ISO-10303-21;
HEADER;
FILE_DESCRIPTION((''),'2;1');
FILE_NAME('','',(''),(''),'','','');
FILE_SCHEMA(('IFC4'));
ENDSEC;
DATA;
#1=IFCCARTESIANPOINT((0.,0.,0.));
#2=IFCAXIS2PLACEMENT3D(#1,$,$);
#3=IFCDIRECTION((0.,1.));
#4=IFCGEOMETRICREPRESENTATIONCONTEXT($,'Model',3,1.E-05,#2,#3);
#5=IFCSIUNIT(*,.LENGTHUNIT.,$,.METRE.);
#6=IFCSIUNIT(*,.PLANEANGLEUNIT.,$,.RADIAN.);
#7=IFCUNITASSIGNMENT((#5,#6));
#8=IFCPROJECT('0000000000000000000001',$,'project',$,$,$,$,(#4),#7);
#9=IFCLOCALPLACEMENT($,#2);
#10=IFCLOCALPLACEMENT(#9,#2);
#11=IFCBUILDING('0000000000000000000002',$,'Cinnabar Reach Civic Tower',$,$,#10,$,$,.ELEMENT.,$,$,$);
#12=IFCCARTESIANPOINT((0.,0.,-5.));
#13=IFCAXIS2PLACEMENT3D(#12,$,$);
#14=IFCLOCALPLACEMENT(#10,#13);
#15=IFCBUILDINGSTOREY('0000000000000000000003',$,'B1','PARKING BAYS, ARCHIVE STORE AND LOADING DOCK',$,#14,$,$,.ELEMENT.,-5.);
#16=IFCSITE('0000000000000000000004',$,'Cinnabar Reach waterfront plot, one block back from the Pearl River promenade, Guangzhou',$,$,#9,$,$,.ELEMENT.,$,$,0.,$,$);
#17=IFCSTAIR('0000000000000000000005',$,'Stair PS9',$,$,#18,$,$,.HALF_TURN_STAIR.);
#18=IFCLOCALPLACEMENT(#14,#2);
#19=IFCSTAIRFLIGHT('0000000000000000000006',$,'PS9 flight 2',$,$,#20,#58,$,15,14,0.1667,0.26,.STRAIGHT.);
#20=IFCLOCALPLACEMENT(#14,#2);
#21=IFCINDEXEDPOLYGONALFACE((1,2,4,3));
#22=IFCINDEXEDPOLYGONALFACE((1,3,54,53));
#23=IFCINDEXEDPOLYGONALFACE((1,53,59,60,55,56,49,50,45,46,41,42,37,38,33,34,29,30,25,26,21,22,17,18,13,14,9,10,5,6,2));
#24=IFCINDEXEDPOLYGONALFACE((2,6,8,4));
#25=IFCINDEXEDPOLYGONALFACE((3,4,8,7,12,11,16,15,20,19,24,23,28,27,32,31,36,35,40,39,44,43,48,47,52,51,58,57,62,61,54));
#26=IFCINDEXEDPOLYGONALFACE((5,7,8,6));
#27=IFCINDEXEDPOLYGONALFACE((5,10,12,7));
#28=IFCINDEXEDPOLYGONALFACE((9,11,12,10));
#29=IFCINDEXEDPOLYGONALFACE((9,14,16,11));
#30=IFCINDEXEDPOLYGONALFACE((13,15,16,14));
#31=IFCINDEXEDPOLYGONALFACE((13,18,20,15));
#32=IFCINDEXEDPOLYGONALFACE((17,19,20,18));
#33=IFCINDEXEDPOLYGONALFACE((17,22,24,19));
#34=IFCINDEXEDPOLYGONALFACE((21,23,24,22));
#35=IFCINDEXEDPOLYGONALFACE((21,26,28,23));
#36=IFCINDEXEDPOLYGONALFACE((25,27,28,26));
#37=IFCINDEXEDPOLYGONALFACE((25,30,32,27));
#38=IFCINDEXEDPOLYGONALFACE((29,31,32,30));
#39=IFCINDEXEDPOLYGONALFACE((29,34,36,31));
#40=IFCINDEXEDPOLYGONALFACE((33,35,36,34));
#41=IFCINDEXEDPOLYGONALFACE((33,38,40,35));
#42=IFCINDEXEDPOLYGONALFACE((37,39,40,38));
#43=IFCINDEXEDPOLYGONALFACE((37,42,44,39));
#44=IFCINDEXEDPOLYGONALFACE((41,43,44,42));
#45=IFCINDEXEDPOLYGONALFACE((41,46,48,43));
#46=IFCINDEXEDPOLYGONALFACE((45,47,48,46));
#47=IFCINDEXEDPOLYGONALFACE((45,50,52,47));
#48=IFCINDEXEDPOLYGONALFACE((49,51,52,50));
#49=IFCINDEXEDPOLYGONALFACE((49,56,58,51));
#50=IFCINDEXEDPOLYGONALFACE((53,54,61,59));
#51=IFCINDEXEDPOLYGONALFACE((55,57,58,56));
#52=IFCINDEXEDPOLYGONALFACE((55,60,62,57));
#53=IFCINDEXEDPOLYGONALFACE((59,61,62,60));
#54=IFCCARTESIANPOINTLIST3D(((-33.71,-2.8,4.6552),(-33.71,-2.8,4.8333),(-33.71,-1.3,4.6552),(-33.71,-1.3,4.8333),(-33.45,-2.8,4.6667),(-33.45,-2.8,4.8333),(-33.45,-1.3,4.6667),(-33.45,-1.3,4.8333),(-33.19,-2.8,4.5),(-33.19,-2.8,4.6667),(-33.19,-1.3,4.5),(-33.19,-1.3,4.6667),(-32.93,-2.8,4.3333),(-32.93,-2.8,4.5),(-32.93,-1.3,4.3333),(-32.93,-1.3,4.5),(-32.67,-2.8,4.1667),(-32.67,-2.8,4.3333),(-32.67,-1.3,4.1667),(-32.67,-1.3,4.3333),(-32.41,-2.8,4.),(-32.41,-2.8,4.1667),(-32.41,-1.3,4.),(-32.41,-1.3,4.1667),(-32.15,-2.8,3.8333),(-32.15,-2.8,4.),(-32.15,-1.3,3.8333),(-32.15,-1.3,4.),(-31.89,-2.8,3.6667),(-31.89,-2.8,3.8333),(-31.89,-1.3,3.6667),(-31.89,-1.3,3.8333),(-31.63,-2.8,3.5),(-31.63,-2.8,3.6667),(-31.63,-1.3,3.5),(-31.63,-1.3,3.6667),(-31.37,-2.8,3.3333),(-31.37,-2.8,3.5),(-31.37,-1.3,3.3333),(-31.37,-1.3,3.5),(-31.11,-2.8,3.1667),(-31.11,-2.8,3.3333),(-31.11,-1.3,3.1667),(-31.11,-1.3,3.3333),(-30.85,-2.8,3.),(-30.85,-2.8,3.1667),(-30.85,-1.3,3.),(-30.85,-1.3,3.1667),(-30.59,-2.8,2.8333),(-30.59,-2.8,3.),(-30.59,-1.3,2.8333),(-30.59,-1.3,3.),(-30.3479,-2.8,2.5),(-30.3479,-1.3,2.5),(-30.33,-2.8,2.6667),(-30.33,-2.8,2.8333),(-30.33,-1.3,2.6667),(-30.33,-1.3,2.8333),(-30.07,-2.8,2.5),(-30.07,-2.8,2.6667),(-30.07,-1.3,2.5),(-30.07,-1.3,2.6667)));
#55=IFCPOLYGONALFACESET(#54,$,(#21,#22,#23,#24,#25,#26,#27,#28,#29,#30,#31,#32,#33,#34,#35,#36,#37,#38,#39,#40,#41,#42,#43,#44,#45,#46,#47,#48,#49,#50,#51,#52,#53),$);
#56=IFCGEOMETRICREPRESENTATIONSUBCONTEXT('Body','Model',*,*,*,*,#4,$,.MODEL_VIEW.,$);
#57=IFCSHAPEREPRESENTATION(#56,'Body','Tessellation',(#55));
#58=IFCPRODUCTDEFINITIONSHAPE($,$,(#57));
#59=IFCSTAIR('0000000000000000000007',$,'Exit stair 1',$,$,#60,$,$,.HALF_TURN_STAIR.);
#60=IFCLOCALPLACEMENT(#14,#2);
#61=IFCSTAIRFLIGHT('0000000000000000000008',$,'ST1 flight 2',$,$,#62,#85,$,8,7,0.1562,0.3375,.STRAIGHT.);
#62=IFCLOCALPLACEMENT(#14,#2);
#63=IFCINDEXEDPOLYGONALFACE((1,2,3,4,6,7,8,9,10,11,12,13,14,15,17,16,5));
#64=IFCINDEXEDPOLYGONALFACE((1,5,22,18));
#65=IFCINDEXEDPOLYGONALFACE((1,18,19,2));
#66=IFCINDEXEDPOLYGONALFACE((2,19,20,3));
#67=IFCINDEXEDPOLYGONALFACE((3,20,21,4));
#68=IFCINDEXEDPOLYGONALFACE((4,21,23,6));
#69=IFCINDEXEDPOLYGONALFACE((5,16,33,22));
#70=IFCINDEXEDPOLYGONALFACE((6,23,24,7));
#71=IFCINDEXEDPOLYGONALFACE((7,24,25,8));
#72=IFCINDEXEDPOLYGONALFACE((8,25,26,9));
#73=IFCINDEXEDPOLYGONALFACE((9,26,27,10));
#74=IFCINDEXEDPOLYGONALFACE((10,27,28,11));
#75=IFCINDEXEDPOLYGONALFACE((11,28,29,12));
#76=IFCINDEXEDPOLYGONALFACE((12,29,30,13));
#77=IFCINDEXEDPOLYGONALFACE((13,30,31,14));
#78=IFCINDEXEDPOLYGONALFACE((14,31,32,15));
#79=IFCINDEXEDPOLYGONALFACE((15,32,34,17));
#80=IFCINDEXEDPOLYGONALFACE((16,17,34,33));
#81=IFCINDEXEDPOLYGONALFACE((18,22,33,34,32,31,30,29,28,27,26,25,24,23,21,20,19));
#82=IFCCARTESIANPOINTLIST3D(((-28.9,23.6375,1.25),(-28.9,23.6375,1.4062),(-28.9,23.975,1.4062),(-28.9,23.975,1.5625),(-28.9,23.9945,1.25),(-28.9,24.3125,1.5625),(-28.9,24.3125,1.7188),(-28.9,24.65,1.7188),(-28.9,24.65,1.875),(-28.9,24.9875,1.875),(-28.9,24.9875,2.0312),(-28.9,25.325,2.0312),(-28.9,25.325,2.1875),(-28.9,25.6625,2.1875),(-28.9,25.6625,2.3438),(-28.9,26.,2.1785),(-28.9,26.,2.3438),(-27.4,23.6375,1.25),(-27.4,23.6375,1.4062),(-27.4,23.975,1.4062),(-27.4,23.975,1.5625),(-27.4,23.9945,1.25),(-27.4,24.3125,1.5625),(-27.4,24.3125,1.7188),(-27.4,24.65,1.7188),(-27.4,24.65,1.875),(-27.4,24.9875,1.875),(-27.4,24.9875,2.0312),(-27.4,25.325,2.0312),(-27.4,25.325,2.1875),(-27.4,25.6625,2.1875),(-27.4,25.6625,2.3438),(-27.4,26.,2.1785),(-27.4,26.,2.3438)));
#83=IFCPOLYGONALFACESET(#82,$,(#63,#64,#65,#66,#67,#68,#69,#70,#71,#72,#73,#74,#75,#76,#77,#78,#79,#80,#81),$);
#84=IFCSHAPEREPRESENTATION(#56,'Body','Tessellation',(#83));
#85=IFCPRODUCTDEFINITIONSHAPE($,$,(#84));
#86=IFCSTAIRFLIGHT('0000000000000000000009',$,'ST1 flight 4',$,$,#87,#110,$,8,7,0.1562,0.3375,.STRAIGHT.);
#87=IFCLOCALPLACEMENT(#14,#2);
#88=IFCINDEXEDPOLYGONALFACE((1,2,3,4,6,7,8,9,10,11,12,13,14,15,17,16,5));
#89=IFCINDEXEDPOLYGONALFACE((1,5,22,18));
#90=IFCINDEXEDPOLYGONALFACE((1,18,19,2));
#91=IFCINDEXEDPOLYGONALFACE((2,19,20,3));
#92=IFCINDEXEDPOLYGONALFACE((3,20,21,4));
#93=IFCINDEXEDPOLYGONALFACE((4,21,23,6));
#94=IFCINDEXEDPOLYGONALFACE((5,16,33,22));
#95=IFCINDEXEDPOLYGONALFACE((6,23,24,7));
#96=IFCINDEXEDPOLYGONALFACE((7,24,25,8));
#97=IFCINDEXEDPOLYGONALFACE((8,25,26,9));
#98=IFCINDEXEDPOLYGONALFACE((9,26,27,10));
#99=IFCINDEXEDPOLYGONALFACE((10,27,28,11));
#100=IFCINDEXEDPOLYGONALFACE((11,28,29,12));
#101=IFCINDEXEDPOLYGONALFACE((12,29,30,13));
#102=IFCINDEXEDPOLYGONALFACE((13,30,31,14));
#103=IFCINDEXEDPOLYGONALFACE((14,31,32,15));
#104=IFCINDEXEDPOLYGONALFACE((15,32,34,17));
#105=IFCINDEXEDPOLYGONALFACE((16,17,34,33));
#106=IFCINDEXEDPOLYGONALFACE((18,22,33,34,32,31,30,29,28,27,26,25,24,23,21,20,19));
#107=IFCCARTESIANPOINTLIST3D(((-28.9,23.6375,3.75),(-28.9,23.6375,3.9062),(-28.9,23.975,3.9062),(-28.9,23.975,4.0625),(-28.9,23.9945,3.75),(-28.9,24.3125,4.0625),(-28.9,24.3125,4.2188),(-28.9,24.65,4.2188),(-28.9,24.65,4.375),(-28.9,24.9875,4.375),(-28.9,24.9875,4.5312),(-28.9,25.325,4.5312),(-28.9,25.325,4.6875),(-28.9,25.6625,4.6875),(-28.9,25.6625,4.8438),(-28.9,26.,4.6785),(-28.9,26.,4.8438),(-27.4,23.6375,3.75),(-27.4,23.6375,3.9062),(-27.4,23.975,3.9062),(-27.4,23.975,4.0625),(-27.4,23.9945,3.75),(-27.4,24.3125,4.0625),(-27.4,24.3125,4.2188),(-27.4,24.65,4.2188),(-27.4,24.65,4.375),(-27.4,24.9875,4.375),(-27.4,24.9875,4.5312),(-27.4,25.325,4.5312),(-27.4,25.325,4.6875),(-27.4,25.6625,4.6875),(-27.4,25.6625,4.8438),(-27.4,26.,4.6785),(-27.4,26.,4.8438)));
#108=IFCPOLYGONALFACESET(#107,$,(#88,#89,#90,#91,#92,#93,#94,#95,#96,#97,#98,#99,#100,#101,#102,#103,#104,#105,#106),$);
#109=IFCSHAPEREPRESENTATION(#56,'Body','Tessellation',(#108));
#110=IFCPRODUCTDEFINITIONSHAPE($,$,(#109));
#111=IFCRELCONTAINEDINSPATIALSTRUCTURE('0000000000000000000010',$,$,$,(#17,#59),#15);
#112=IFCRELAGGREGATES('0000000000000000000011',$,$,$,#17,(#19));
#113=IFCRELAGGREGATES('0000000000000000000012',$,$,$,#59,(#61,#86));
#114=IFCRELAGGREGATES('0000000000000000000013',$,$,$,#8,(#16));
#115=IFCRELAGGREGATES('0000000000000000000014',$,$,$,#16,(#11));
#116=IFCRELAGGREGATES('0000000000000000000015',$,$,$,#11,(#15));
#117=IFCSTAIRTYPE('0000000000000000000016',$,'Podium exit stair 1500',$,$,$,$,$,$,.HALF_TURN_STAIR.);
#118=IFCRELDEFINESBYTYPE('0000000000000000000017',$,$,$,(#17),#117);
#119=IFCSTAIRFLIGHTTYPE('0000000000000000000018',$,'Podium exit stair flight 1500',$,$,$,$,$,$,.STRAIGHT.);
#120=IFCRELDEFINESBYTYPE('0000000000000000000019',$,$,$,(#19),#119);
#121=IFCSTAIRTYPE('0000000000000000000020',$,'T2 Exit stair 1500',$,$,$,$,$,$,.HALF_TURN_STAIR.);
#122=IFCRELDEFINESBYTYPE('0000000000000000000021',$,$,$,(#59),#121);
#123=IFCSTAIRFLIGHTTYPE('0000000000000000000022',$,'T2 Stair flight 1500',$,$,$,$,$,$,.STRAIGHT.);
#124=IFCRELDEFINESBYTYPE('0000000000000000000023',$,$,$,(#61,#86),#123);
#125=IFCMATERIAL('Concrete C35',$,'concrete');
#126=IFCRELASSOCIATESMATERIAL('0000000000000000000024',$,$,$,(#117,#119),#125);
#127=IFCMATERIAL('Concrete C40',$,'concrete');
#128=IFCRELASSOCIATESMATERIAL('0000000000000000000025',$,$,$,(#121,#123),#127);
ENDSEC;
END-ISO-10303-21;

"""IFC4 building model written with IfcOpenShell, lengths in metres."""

from ifc_helpers import new_model, si_unit, direction, frame, origin, place, context, subcontext, project, spatial, polyline, outline, extrude, material, type_object, element, aggregate, save


model = new_model("IFC4")

# Units and contexts
model_context = context("Model", 3, precision=1e-05, world=origin(), true_north=direction((0.0, 1.0)))
body_context = subcontext(model_context, "Body", "Model", "MODEL_VIEW")
ifc_project = project(units=[si_unit("LENGTHUNIT", "METRE"), si_unit("PLANEANGLEUNIT", "RADIAN")], contexts=[model_context])

# Site, building, storey
site_placement = place(None, origin())
site = spatial("IfcSite", under=ifc_project, at=site_placement, Name="Cinnabar Reach waterfront plot, one block back from the Pearl River promenade, Guangzhou", CompositionType="ELEMENT", RefElevation=0.0)
building_placement = place(site_placement, origin())
building = spatial("IfcBuilding", under=site, at=building_placement, Name="Cinnabar Reach Civic Tower", CompositionType="ELEMENT")
storey_placement = place(building_placement, frame((0.0, 0.0, -5.0)))
storey = spatial("IfcBuildingStorey", under=building, at=storey_placement, Name="B1", Description="PARKING BAYS, ARCHIVE STORE AND LOADING DOCK", CompositionType="ELEMENT", Elevation=-5.0)

# Shared definitions
ifc_material_1 = material(Name="Concrete C40", Category="concrete")

# Stair, stair flight
ifc_material_2 = material(Name="Concrete C35", Category="concrete")
stair_type_1 = type_object("IfcStairType", Name="Podium exit stair 1500", PredefinedType="HALF_TURN_STAIR", material=ifc_material_2)
stair_1_placement = place(storey_placement, origin())
stair_1 = element("IfcStair", 1, at=stair_1_placement, inside=storey, type_object=stair_type_1, Name="Stair PS9", PredefinedType="HALF_TURN_STAIR")
stair_flight_type_1 = type_object("IfcStairFlightType", Name="Podium exit stair flight 1500", PredefinedType="STRAIGHT", material=ifc_material_2)
stair_flight_1_placement = place(storey_placement, frame((-30.07, -2.05, 2.5), z_axis=(0.0, 0.0, 1.0), x_axis=(-1.0, 0.0, 0.0)))
stair_flight_1 = element("IfcStairFlight", 2, at=stair_flight_1_placement, type_object=stair_flight_type_1, Name="PS9 flight 2", NumberOfRisers=15, NumberOfTreads=14, PredefinedType="STRAIGHT", RiserHeight=0.1667, TreadLength=0.26, context=body_context, shape_type="SweptSolid", body=[
    extrude(outline(polyline([(0.0, 0.0), (0.0, 0.1667), (0.26, 0.1667), (0.26, 0.3333), (0.52, 0.3333), (0.52, 0.5), (0.78, 0.5), (0.78, 0.6667), (1.04, 0.6667), (1.04, 0.8333), (1.3, 0.8333), (1.3, 1.0), (1.56, 1.0), (1.56, 1.1667), (1.82, 1.1667), (1.82, 1.3333), (2.08, 1.3333), (2.08, 1.5), (2.34, 1.5), (2.34, 1.6667), (2.6, 1.6667), (2.6, 1.8333), (2.86, 1.8333), (2.86, 2.0), (3.12, 2.0), (3.12, 2.1667), (3.38, 2.1667), (3.38, 2.3333), (3.64, 2.3333), (3.64, 2.5), (3.64, 2.1552), (0.2779, 0.0), (0.0, 0.0)])), frame((0.0, 0.75, 0.0), z_axis=(0.0, -1.0, 0.0), x_axis=(1.0, 0.0, 0.0)), (0.0, 0.0, 1.0), 1.5),
])
aggregate(stair_1, [stair_flight_1])

# Stair, stair flights
stair_type_2 = type_object("IfcStairType", Name="T2 Exit stair 1500", PredefinedType="HALF_TURN_STAIR", material=ifc_material_1)
stair_2_placement = place(storey_placement, origin())
stair_2 = element("IfcStair", 3, at=stair_2_placement, inside=storey, type_object=stair_type_2, Name="Exit stair 1", PredefinedType="HALF_TURN_STAIR")
stair_flight_type_2 = type_object("IfcStairFlightType", Name="T2 Stair flight 1500", PredefinedType="STRAIGHT", material=ifc_material_1)
stair_flight_2_placement = place(storey_placement, frame((-28.15, 23.6375, 1.25), z_axis=(0.0, 0.0, 1.0), x_axis=(0.0, 1.0, 0.0)))
stair_flight_2 = element("IfcStairFlight", 4, at=stair_flight_2_placement, type_object=stair_flight_type_2, Name="ST1 flight 2", NumberOfRisers=8, NumberOfTreads=7, PredefinedType="STRAIGHT", RiserHeight=0.1562, TreadLength=0.3375, context=body_context, shape_type="SweptSolid", body=[
    extrude(outline(polyline([(0.0, 0.0), (0.0, 0.1562), (0.3375, 0.1562), (0.3375, 0.3125), (0.675, 0.3125), (0.675, 0.4688), (1.0125, 0.4688), (1.0125, 0.625), (1.35, 0.625), (1.35, 0.7812), (1.6875, 0.7812), (1.6875, 0.9375), (2.025, 0.9375), (2.025, 1.0938), (2.3625, 1.0938), (2.3625, 1.25), (2.3625, 0.9285), (0.357, 0.0), (0.0, 0.0)])), frame((0.0, 0.75, 0.0), z_axis=(0.0, -1.0, 0.0), x_axis=(1.0, 0.0, 0.0)), (0.0, 0.0, 1.0), 1.5),
])
stair_flight_3_placement = place(storey_placement, frame((-28.15, 23.6375, 3.75), z_axis=(0.0, 0.0, 1.0), x_axis=(0.0, 1.0, 0.0)))
stair_flight_3 = element("IfcStairFlight", 5, at=stair_flight_3_placement, type_object=stair_flight_type_2, Name="ST1 flight 4", NumberOfRisers=8, NumberOfTreads=7, PredefinedType="STRAIGHT", RiserHeight=0.1562, TreadLength=0.3375, context=body_context, shape_type="SweptSolid", body=[
    extrude(outline(polyline([(0.0, 0.0), (0.0, 0.1562), (0.3375, 0.1562), (0.3375, 0.3125), (0.675, 0.3125), (0.675, 0.4688), (1.0125, 0.4688), (1.0125, 0.625), (1.35, 0.625), (1.35, 0.7812), (1.6875, 0.7812), (1.6875, 0.9375), (2.025, 0.9375), (2.025, 1.0938), (2.3625, 1.0938), (2.3625, 1.25), (2.3625, 0.9285), (0.357, 0.0), (0.0, 0.0)])), frame((0.0, 0.75, 0.0), z_axis=(0.0, -1.0, 0.0), x_axis=(1.0, 0.0, 0.0)), (0.0, 0.0, 1.0), 1.5),
])
aggregate(stair_2, [stair_flight_2, stair_flight_3])

save(model, "model.ifc")
